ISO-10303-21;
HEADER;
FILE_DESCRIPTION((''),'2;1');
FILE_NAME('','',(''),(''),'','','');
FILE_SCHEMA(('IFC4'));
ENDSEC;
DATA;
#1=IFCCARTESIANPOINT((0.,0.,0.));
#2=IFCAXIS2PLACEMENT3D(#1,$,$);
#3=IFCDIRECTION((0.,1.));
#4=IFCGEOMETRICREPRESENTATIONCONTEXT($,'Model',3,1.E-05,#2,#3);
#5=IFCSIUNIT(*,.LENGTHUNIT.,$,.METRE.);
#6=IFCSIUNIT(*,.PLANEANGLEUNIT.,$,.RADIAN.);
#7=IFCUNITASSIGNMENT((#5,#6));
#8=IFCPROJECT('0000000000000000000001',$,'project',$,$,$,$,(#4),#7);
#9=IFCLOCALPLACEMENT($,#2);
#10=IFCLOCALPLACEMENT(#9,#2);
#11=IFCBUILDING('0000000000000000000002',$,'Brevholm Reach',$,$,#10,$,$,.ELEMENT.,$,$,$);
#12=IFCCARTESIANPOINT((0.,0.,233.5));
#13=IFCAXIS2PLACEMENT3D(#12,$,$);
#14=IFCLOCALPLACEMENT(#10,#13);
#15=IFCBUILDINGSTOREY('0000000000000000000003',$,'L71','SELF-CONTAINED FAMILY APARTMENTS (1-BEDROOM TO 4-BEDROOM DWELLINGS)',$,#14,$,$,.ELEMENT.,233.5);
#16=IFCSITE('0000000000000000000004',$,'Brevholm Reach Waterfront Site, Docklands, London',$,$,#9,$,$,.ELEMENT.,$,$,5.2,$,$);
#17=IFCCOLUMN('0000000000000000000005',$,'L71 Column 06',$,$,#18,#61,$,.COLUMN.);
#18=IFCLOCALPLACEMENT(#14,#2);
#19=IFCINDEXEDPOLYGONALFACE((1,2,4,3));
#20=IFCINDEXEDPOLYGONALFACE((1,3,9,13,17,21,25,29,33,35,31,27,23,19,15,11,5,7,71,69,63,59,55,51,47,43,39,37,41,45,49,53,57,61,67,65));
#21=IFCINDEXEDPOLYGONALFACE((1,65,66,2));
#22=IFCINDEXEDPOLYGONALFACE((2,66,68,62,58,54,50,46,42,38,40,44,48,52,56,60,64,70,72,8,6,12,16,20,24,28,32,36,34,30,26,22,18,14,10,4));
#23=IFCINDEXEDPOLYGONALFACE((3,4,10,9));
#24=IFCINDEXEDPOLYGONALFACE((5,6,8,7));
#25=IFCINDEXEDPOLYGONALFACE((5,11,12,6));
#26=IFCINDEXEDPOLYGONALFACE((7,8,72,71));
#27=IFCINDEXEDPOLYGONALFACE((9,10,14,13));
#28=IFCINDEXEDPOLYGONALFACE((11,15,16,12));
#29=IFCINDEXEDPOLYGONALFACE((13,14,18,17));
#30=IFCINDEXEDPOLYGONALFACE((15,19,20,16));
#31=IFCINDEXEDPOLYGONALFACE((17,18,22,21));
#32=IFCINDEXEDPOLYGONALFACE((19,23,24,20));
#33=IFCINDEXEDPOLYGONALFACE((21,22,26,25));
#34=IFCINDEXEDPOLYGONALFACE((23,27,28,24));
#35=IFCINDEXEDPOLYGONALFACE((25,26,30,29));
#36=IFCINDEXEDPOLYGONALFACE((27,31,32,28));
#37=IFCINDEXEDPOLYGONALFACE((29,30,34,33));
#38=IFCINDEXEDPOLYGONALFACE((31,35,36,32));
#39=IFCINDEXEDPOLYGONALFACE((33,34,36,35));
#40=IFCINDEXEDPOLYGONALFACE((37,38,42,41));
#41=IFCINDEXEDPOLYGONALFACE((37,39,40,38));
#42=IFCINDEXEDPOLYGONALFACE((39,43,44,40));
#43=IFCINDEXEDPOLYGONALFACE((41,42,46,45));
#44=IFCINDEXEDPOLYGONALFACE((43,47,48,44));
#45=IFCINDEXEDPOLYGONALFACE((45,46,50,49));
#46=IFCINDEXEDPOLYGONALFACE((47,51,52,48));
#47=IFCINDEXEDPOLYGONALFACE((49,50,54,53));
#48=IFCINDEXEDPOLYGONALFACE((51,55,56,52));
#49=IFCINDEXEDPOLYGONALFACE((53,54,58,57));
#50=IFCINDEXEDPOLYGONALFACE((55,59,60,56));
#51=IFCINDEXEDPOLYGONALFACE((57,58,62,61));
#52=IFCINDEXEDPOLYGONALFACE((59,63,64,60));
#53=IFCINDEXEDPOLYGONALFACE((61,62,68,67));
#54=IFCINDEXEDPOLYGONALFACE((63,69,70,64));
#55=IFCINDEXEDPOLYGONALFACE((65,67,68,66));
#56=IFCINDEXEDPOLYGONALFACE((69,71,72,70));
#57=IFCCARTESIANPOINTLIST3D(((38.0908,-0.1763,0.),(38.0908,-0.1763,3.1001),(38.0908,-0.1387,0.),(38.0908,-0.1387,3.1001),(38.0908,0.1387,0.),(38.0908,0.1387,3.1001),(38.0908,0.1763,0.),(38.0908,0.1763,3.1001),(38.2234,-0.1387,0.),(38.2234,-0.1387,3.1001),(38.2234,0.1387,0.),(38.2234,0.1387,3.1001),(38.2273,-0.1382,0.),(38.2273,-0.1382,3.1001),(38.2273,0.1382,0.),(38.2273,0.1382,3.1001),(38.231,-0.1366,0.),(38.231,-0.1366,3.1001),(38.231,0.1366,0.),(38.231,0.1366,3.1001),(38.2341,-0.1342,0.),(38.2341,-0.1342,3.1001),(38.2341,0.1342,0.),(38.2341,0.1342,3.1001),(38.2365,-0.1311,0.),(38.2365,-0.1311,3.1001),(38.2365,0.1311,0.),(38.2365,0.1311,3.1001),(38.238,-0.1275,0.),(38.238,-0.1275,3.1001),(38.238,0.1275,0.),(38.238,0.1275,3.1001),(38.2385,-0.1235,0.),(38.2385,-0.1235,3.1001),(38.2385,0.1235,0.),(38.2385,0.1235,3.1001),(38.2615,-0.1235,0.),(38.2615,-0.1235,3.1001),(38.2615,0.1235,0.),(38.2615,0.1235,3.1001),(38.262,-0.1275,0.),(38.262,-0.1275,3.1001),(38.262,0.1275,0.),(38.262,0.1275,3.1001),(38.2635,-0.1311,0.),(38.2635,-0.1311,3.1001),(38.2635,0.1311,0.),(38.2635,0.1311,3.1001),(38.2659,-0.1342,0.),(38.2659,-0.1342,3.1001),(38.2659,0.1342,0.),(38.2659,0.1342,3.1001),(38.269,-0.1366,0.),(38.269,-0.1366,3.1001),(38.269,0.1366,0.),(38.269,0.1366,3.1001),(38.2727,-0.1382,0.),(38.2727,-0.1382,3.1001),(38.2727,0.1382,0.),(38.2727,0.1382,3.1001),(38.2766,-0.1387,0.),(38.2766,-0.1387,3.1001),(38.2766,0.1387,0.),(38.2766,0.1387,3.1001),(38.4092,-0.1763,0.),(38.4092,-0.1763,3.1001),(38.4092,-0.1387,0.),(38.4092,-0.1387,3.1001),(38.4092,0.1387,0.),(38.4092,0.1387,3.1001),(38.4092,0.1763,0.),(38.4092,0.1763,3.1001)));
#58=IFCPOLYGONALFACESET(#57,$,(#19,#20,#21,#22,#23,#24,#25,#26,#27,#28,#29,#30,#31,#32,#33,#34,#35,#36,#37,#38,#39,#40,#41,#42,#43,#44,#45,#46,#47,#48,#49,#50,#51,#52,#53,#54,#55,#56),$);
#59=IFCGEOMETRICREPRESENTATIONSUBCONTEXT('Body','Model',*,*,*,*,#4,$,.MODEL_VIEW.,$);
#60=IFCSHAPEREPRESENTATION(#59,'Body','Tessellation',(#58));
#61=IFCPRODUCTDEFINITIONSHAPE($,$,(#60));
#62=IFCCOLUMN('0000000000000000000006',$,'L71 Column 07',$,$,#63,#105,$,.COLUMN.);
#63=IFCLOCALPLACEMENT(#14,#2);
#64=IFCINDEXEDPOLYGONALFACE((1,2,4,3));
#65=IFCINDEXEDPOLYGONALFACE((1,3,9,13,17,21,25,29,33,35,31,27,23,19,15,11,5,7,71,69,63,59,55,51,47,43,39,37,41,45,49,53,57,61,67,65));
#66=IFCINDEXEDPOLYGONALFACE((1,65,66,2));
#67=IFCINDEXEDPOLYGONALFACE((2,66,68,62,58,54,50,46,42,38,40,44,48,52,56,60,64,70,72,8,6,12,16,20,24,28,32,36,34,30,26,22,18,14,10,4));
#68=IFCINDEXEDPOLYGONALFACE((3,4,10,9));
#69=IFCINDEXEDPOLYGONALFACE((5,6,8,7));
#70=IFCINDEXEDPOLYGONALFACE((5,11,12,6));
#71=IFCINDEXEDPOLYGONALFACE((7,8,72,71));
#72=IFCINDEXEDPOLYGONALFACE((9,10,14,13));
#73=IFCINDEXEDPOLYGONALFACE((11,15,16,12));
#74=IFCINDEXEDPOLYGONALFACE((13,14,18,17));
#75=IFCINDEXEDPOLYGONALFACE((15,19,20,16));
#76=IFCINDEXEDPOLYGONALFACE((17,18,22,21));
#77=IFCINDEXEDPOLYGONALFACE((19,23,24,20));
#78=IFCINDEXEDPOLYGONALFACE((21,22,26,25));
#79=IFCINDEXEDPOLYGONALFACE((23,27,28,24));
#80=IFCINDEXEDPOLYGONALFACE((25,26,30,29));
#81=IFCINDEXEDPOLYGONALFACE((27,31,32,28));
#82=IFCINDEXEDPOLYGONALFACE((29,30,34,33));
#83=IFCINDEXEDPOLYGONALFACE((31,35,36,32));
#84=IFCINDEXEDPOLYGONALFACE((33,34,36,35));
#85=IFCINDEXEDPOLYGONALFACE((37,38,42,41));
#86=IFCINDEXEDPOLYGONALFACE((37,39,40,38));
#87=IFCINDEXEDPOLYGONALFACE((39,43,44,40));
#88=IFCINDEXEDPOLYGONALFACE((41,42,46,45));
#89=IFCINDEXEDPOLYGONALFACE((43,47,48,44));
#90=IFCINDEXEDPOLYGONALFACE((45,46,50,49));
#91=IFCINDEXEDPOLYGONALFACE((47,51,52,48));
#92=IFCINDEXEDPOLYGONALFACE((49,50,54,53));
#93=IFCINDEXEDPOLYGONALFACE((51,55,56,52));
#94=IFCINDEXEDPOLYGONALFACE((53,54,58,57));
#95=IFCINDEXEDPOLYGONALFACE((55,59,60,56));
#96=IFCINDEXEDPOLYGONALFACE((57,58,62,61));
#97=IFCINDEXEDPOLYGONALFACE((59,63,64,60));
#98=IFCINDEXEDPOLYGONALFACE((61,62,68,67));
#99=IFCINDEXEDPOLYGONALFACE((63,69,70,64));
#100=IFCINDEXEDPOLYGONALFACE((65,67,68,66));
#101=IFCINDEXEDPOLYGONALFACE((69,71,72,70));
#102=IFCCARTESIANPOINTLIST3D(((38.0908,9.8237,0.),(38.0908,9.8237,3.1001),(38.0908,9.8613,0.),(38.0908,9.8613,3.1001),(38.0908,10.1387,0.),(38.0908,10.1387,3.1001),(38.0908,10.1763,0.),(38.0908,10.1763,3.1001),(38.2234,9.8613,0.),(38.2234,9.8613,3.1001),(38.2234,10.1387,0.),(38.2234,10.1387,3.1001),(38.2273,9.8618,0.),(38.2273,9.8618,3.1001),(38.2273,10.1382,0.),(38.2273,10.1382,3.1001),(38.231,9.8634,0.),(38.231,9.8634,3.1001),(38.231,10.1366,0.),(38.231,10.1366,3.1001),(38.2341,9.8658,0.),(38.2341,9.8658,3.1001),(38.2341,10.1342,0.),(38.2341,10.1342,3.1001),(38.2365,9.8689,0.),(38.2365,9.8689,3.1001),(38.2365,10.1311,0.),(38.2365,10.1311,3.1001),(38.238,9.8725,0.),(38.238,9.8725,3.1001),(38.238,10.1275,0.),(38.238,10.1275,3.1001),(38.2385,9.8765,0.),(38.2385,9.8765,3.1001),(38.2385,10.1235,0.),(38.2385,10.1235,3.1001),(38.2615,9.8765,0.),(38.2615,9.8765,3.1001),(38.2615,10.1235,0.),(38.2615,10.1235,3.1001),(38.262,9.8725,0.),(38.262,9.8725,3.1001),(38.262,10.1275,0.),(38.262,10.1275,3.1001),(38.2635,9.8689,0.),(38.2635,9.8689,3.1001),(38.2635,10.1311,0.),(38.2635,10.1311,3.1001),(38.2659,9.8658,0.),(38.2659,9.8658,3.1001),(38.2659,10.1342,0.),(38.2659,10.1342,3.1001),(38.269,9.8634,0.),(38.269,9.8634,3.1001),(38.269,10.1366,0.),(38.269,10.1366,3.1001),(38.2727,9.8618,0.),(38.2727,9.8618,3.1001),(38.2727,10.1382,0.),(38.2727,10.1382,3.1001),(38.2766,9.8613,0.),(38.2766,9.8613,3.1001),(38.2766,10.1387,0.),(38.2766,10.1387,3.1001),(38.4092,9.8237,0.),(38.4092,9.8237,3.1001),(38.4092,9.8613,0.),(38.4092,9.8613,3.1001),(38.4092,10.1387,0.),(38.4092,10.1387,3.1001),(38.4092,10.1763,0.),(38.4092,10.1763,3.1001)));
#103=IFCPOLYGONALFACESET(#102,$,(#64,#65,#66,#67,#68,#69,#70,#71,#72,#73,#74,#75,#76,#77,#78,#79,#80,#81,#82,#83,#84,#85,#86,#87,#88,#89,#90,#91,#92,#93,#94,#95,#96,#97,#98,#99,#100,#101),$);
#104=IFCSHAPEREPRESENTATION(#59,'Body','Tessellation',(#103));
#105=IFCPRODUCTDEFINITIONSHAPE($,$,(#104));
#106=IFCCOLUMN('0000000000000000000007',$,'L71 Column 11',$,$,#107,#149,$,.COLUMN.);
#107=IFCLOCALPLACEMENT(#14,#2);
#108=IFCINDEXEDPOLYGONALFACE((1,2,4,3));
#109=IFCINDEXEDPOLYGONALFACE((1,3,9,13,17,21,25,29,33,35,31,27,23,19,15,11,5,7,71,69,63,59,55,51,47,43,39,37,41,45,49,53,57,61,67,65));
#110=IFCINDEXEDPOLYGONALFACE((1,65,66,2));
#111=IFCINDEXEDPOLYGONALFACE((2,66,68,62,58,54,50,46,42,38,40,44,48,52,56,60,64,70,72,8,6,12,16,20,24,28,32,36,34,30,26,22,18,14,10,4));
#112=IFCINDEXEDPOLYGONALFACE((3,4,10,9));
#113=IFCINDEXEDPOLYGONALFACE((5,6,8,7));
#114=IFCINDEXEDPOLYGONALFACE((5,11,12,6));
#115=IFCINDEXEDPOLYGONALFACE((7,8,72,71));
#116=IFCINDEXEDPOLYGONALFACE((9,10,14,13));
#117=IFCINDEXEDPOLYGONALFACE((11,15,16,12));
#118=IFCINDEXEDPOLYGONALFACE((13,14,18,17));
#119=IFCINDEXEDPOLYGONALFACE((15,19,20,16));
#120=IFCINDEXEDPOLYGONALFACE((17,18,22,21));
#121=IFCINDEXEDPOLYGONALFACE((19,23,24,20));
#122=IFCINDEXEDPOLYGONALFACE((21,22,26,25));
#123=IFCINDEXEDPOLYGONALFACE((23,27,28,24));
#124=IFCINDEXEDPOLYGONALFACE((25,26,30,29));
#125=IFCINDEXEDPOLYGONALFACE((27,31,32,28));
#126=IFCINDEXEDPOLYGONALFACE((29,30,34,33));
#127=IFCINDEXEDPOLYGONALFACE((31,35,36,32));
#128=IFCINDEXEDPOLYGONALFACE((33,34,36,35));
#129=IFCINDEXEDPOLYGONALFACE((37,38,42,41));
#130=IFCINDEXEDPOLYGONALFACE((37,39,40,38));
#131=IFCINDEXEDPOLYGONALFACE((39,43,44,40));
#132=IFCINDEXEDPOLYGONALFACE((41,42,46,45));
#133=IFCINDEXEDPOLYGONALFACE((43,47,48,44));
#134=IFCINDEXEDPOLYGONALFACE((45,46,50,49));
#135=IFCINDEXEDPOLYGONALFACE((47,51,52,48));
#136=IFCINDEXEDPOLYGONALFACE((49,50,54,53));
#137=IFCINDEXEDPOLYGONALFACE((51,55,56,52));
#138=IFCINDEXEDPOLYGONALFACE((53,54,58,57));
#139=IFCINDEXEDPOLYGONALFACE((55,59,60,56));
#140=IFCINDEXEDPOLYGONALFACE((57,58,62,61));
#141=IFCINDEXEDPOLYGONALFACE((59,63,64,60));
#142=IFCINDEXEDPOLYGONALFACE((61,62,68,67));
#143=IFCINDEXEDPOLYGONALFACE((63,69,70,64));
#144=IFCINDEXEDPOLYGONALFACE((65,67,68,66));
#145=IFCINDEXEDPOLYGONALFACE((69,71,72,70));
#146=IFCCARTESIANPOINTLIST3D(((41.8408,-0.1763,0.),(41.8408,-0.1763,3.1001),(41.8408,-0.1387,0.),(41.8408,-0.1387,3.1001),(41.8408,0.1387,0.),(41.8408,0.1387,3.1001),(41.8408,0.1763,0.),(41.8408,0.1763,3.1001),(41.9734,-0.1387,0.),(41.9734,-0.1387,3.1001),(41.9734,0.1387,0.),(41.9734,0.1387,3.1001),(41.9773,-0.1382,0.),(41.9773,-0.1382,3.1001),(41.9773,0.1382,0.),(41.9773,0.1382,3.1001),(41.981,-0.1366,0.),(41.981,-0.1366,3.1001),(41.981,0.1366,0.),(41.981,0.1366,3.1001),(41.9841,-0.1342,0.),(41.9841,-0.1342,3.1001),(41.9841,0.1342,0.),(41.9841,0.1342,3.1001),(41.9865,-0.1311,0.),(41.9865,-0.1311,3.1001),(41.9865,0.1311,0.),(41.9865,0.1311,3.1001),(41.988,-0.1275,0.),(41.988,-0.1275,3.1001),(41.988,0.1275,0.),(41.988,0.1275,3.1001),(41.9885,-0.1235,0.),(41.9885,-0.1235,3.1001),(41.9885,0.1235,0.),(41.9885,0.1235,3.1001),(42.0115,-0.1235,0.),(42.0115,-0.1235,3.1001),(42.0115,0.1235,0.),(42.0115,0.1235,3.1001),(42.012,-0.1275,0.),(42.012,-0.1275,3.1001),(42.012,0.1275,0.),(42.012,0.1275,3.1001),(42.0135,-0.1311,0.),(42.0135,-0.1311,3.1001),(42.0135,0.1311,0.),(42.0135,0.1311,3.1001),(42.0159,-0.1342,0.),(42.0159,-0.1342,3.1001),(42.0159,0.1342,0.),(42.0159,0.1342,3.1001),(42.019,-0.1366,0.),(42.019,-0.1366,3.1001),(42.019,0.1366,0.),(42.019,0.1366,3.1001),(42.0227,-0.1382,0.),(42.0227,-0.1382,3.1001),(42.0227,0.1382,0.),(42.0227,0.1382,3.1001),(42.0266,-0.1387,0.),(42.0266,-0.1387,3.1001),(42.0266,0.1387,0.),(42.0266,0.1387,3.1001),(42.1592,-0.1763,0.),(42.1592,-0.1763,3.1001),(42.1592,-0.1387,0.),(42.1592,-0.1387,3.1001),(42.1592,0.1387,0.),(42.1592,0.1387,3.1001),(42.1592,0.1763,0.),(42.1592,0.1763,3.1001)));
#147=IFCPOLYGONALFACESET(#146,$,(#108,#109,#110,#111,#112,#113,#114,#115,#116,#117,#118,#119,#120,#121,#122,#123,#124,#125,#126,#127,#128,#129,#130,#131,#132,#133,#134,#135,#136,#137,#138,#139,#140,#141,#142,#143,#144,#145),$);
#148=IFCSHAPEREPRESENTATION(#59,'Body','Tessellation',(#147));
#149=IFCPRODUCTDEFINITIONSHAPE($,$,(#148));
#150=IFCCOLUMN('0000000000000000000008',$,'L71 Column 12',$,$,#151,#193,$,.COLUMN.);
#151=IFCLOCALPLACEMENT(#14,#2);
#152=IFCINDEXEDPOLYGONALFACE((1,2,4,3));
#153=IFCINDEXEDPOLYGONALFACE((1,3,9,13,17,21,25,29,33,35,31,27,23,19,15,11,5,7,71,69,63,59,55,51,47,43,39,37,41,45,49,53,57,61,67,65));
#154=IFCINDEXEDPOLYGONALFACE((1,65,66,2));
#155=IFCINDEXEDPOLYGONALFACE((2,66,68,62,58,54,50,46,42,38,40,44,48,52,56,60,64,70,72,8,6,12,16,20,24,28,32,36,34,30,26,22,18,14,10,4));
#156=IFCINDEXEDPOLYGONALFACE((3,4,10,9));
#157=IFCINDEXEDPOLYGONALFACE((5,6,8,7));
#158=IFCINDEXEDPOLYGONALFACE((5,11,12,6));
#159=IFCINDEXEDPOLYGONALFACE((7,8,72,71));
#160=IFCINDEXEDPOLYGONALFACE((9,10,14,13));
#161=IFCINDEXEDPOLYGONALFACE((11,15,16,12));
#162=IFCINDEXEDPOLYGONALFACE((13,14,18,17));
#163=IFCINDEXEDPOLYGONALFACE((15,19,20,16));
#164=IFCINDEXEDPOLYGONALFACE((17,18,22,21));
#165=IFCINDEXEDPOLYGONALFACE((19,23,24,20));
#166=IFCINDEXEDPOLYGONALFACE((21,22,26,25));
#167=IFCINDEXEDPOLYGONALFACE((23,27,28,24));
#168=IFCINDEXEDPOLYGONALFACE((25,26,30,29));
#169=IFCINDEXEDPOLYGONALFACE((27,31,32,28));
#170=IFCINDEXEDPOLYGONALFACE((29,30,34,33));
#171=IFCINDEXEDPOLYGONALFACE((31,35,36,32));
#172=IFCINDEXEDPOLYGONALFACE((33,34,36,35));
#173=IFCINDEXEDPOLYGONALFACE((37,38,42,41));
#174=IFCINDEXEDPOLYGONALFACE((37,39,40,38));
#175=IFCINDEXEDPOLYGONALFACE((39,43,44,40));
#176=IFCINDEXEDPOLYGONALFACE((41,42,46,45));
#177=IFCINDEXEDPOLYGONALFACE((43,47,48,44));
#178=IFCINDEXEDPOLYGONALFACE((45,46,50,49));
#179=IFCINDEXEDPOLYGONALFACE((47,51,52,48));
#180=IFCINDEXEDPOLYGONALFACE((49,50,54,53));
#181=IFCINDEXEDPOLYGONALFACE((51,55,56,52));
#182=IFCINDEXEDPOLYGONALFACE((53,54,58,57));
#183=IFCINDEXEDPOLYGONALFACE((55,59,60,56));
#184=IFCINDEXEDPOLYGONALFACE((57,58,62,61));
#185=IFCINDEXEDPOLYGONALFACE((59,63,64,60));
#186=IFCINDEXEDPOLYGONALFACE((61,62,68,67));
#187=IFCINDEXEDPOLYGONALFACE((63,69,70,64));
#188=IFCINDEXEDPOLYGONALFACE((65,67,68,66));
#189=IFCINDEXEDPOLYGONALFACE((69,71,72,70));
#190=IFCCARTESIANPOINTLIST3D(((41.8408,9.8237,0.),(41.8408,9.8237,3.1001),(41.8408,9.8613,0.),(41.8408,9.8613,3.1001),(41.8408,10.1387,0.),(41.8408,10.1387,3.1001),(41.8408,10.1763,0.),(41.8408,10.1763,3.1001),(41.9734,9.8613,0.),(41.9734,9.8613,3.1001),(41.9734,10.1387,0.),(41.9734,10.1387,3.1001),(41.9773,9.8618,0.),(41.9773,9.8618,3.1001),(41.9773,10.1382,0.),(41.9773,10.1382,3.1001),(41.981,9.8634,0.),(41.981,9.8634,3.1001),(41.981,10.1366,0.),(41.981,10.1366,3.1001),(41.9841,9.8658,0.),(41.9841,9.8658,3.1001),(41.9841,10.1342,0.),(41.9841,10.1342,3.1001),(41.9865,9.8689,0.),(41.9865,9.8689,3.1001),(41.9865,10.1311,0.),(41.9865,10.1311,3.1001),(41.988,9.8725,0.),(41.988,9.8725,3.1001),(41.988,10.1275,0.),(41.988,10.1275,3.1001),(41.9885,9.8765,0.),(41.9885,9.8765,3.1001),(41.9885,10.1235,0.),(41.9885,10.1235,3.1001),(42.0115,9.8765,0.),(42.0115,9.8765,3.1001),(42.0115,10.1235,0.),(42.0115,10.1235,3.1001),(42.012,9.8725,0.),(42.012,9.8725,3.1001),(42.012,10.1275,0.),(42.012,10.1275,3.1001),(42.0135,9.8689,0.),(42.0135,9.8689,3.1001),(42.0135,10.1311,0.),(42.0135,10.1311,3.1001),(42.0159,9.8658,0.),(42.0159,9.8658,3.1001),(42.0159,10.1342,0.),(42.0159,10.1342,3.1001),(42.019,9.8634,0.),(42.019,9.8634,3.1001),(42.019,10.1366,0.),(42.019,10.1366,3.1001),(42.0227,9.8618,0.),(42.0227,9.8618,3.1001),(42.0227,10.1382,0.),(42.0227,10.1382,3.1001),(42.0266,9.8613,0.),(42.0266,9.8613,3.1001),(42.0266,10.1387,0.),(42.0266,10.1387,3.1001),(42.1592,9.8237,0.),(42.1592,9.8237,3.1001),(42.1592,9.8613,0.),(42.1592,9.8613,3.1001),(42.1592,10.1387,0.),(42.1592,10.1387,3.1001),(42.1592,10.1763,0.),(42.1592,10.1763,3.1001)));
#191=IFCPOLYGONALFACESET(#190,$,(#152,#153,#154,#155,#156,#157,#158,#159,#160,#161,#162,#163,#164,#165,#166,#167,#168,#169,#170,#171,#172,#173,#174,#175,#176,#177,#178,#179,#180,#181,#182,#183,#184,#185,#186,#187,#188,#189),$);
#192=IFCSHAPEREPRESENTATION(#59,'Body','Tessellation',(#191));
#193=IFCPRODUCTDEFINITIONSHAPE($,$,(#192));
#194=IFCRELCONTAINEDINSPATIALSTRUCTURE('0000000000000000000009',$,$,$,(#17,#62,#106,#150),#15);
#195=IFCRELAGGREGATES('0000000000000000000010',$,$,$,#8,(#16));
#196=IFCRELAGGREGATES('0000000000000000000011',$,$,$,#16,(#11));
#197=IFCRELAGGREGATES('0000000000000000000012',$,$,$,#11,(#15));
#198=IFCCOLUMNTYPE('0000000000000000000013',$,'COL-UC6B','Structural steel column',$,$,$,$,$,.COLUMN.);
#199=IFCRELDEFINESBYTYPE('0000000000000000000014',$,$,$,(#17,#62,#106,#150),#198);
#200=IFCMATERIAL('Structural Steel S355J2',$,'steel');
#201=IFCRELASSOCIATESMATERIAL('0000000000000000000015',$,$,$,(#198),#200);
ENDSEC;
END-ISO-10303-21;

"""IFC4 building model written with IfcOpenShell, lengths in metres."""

from ifc_helpers import new_model, si_unit, direction, frame, origin, origin_2d, place, context, subcontext, project, spatial, i_section, extrude, material, material_profile, profile_set, type_object, element, save


model = new_model("IFC4")

# Units and contexts
model_context = context("Model", 3, precision=1e-05, world=origin(), true_north=direction((0.0, 1.0)))
body_context = subcontext(model_context, "Body", "Model", "MODEL_VIEW")
ifc_project = project(units=[si_unit("LENGTHUNIT", "METRE"), si_unit("PLANEANGLEUNIT", "RADIAN")], contexts=[model_context])

# Site, building, storey
site_placement = place(None, origin())
site = spatial("IfcSite", under=ifc_project, at=site_placement, Name="Brevholm Reach Waterfront Site, Docklands, London", CompositionType="ELEMENT", RefElevation=5.2)
building_placement = place(site_placement, origin())
building = spatial("IfcBuilding", under=site, at=building_placement, Name="Brevholm Reach", CompositionType="ELEMENT")
storey_placement = place(building_placement, frame((0.0, 0.0, 233.5)))
storey = spatial("IfcBuildingStorey", under=building, at=storey_placement, Name="L71", Description="SELF-CONTAINED FAMILY APARTMENTS (1-BEDROOM TO 4-BEDROOM DWELLINGS)", CompositionType="ELEMENT", Elevation=233.5)

# Columns
ifc_material_1 = material(Name="Structural Steel S355J2", Category="steel")
ifc_material_profile_1 = material_profile(ifc_material_1, i_section(OverallWidth=0.3184, OverallDepth=0.3525, WebThickness=0.0229, FlangeThickness=0.0376, FilletRadius=0.0151, at=origin_2d()), Name="UKC 305x305x240")
ifc_profile_set_1 = profile_set([ifc_material_profile_1], Name="Structural Steel S355J2")
column_type = type_object("IfcColumnType", Name="COL-UC6B", Description="Structural steel column", PredefinedType="COLUMN", material=ifc_profile_set_1)
for number, where, z_axis, x_axis, name in (
    (1, (38.25, 0.0, 0.0), (0.0, 0.0, 1.0), (1.0, 0.0, 0.0), "L71 Column 06"),
    (2, (38.25, 10.0, 0.0), (0.0, 0.0, 1.0), (1.0, 0.0, 0.0), "L71 Column 07"),
    (3, (42.0, 0.0, 0.0), (0.0, 0.0, 1.0), (1.0, 0.0, 0.0), "L71 Column 11"),
    (4, (42.0, 10.0, 0.0), (0.0, 0.0, 1.0), (1.0, 0.0, 0.0), "L71 Column 12"),
):
    element("IfcColumn", number, at=place(storey_placement, frame(where, z_axis=z_axis, x_axis=x_axis)), inside=storey, type_object=column_type, Name=name, PredefinedType="COLUMN", context=body_context, shape_type="SweptSolid", body=[
        extrude(i_section(OverallWidth=0.3184, OverallDepth=0.3525, WebThickness=0.0229, FlangeThickness=0.0376, FilletRadius=0.0151, at=origin_2d()), origin(), (0.0, 0.0, 1.0), 3.1001),
    ])

save(model, "model.ifc")
